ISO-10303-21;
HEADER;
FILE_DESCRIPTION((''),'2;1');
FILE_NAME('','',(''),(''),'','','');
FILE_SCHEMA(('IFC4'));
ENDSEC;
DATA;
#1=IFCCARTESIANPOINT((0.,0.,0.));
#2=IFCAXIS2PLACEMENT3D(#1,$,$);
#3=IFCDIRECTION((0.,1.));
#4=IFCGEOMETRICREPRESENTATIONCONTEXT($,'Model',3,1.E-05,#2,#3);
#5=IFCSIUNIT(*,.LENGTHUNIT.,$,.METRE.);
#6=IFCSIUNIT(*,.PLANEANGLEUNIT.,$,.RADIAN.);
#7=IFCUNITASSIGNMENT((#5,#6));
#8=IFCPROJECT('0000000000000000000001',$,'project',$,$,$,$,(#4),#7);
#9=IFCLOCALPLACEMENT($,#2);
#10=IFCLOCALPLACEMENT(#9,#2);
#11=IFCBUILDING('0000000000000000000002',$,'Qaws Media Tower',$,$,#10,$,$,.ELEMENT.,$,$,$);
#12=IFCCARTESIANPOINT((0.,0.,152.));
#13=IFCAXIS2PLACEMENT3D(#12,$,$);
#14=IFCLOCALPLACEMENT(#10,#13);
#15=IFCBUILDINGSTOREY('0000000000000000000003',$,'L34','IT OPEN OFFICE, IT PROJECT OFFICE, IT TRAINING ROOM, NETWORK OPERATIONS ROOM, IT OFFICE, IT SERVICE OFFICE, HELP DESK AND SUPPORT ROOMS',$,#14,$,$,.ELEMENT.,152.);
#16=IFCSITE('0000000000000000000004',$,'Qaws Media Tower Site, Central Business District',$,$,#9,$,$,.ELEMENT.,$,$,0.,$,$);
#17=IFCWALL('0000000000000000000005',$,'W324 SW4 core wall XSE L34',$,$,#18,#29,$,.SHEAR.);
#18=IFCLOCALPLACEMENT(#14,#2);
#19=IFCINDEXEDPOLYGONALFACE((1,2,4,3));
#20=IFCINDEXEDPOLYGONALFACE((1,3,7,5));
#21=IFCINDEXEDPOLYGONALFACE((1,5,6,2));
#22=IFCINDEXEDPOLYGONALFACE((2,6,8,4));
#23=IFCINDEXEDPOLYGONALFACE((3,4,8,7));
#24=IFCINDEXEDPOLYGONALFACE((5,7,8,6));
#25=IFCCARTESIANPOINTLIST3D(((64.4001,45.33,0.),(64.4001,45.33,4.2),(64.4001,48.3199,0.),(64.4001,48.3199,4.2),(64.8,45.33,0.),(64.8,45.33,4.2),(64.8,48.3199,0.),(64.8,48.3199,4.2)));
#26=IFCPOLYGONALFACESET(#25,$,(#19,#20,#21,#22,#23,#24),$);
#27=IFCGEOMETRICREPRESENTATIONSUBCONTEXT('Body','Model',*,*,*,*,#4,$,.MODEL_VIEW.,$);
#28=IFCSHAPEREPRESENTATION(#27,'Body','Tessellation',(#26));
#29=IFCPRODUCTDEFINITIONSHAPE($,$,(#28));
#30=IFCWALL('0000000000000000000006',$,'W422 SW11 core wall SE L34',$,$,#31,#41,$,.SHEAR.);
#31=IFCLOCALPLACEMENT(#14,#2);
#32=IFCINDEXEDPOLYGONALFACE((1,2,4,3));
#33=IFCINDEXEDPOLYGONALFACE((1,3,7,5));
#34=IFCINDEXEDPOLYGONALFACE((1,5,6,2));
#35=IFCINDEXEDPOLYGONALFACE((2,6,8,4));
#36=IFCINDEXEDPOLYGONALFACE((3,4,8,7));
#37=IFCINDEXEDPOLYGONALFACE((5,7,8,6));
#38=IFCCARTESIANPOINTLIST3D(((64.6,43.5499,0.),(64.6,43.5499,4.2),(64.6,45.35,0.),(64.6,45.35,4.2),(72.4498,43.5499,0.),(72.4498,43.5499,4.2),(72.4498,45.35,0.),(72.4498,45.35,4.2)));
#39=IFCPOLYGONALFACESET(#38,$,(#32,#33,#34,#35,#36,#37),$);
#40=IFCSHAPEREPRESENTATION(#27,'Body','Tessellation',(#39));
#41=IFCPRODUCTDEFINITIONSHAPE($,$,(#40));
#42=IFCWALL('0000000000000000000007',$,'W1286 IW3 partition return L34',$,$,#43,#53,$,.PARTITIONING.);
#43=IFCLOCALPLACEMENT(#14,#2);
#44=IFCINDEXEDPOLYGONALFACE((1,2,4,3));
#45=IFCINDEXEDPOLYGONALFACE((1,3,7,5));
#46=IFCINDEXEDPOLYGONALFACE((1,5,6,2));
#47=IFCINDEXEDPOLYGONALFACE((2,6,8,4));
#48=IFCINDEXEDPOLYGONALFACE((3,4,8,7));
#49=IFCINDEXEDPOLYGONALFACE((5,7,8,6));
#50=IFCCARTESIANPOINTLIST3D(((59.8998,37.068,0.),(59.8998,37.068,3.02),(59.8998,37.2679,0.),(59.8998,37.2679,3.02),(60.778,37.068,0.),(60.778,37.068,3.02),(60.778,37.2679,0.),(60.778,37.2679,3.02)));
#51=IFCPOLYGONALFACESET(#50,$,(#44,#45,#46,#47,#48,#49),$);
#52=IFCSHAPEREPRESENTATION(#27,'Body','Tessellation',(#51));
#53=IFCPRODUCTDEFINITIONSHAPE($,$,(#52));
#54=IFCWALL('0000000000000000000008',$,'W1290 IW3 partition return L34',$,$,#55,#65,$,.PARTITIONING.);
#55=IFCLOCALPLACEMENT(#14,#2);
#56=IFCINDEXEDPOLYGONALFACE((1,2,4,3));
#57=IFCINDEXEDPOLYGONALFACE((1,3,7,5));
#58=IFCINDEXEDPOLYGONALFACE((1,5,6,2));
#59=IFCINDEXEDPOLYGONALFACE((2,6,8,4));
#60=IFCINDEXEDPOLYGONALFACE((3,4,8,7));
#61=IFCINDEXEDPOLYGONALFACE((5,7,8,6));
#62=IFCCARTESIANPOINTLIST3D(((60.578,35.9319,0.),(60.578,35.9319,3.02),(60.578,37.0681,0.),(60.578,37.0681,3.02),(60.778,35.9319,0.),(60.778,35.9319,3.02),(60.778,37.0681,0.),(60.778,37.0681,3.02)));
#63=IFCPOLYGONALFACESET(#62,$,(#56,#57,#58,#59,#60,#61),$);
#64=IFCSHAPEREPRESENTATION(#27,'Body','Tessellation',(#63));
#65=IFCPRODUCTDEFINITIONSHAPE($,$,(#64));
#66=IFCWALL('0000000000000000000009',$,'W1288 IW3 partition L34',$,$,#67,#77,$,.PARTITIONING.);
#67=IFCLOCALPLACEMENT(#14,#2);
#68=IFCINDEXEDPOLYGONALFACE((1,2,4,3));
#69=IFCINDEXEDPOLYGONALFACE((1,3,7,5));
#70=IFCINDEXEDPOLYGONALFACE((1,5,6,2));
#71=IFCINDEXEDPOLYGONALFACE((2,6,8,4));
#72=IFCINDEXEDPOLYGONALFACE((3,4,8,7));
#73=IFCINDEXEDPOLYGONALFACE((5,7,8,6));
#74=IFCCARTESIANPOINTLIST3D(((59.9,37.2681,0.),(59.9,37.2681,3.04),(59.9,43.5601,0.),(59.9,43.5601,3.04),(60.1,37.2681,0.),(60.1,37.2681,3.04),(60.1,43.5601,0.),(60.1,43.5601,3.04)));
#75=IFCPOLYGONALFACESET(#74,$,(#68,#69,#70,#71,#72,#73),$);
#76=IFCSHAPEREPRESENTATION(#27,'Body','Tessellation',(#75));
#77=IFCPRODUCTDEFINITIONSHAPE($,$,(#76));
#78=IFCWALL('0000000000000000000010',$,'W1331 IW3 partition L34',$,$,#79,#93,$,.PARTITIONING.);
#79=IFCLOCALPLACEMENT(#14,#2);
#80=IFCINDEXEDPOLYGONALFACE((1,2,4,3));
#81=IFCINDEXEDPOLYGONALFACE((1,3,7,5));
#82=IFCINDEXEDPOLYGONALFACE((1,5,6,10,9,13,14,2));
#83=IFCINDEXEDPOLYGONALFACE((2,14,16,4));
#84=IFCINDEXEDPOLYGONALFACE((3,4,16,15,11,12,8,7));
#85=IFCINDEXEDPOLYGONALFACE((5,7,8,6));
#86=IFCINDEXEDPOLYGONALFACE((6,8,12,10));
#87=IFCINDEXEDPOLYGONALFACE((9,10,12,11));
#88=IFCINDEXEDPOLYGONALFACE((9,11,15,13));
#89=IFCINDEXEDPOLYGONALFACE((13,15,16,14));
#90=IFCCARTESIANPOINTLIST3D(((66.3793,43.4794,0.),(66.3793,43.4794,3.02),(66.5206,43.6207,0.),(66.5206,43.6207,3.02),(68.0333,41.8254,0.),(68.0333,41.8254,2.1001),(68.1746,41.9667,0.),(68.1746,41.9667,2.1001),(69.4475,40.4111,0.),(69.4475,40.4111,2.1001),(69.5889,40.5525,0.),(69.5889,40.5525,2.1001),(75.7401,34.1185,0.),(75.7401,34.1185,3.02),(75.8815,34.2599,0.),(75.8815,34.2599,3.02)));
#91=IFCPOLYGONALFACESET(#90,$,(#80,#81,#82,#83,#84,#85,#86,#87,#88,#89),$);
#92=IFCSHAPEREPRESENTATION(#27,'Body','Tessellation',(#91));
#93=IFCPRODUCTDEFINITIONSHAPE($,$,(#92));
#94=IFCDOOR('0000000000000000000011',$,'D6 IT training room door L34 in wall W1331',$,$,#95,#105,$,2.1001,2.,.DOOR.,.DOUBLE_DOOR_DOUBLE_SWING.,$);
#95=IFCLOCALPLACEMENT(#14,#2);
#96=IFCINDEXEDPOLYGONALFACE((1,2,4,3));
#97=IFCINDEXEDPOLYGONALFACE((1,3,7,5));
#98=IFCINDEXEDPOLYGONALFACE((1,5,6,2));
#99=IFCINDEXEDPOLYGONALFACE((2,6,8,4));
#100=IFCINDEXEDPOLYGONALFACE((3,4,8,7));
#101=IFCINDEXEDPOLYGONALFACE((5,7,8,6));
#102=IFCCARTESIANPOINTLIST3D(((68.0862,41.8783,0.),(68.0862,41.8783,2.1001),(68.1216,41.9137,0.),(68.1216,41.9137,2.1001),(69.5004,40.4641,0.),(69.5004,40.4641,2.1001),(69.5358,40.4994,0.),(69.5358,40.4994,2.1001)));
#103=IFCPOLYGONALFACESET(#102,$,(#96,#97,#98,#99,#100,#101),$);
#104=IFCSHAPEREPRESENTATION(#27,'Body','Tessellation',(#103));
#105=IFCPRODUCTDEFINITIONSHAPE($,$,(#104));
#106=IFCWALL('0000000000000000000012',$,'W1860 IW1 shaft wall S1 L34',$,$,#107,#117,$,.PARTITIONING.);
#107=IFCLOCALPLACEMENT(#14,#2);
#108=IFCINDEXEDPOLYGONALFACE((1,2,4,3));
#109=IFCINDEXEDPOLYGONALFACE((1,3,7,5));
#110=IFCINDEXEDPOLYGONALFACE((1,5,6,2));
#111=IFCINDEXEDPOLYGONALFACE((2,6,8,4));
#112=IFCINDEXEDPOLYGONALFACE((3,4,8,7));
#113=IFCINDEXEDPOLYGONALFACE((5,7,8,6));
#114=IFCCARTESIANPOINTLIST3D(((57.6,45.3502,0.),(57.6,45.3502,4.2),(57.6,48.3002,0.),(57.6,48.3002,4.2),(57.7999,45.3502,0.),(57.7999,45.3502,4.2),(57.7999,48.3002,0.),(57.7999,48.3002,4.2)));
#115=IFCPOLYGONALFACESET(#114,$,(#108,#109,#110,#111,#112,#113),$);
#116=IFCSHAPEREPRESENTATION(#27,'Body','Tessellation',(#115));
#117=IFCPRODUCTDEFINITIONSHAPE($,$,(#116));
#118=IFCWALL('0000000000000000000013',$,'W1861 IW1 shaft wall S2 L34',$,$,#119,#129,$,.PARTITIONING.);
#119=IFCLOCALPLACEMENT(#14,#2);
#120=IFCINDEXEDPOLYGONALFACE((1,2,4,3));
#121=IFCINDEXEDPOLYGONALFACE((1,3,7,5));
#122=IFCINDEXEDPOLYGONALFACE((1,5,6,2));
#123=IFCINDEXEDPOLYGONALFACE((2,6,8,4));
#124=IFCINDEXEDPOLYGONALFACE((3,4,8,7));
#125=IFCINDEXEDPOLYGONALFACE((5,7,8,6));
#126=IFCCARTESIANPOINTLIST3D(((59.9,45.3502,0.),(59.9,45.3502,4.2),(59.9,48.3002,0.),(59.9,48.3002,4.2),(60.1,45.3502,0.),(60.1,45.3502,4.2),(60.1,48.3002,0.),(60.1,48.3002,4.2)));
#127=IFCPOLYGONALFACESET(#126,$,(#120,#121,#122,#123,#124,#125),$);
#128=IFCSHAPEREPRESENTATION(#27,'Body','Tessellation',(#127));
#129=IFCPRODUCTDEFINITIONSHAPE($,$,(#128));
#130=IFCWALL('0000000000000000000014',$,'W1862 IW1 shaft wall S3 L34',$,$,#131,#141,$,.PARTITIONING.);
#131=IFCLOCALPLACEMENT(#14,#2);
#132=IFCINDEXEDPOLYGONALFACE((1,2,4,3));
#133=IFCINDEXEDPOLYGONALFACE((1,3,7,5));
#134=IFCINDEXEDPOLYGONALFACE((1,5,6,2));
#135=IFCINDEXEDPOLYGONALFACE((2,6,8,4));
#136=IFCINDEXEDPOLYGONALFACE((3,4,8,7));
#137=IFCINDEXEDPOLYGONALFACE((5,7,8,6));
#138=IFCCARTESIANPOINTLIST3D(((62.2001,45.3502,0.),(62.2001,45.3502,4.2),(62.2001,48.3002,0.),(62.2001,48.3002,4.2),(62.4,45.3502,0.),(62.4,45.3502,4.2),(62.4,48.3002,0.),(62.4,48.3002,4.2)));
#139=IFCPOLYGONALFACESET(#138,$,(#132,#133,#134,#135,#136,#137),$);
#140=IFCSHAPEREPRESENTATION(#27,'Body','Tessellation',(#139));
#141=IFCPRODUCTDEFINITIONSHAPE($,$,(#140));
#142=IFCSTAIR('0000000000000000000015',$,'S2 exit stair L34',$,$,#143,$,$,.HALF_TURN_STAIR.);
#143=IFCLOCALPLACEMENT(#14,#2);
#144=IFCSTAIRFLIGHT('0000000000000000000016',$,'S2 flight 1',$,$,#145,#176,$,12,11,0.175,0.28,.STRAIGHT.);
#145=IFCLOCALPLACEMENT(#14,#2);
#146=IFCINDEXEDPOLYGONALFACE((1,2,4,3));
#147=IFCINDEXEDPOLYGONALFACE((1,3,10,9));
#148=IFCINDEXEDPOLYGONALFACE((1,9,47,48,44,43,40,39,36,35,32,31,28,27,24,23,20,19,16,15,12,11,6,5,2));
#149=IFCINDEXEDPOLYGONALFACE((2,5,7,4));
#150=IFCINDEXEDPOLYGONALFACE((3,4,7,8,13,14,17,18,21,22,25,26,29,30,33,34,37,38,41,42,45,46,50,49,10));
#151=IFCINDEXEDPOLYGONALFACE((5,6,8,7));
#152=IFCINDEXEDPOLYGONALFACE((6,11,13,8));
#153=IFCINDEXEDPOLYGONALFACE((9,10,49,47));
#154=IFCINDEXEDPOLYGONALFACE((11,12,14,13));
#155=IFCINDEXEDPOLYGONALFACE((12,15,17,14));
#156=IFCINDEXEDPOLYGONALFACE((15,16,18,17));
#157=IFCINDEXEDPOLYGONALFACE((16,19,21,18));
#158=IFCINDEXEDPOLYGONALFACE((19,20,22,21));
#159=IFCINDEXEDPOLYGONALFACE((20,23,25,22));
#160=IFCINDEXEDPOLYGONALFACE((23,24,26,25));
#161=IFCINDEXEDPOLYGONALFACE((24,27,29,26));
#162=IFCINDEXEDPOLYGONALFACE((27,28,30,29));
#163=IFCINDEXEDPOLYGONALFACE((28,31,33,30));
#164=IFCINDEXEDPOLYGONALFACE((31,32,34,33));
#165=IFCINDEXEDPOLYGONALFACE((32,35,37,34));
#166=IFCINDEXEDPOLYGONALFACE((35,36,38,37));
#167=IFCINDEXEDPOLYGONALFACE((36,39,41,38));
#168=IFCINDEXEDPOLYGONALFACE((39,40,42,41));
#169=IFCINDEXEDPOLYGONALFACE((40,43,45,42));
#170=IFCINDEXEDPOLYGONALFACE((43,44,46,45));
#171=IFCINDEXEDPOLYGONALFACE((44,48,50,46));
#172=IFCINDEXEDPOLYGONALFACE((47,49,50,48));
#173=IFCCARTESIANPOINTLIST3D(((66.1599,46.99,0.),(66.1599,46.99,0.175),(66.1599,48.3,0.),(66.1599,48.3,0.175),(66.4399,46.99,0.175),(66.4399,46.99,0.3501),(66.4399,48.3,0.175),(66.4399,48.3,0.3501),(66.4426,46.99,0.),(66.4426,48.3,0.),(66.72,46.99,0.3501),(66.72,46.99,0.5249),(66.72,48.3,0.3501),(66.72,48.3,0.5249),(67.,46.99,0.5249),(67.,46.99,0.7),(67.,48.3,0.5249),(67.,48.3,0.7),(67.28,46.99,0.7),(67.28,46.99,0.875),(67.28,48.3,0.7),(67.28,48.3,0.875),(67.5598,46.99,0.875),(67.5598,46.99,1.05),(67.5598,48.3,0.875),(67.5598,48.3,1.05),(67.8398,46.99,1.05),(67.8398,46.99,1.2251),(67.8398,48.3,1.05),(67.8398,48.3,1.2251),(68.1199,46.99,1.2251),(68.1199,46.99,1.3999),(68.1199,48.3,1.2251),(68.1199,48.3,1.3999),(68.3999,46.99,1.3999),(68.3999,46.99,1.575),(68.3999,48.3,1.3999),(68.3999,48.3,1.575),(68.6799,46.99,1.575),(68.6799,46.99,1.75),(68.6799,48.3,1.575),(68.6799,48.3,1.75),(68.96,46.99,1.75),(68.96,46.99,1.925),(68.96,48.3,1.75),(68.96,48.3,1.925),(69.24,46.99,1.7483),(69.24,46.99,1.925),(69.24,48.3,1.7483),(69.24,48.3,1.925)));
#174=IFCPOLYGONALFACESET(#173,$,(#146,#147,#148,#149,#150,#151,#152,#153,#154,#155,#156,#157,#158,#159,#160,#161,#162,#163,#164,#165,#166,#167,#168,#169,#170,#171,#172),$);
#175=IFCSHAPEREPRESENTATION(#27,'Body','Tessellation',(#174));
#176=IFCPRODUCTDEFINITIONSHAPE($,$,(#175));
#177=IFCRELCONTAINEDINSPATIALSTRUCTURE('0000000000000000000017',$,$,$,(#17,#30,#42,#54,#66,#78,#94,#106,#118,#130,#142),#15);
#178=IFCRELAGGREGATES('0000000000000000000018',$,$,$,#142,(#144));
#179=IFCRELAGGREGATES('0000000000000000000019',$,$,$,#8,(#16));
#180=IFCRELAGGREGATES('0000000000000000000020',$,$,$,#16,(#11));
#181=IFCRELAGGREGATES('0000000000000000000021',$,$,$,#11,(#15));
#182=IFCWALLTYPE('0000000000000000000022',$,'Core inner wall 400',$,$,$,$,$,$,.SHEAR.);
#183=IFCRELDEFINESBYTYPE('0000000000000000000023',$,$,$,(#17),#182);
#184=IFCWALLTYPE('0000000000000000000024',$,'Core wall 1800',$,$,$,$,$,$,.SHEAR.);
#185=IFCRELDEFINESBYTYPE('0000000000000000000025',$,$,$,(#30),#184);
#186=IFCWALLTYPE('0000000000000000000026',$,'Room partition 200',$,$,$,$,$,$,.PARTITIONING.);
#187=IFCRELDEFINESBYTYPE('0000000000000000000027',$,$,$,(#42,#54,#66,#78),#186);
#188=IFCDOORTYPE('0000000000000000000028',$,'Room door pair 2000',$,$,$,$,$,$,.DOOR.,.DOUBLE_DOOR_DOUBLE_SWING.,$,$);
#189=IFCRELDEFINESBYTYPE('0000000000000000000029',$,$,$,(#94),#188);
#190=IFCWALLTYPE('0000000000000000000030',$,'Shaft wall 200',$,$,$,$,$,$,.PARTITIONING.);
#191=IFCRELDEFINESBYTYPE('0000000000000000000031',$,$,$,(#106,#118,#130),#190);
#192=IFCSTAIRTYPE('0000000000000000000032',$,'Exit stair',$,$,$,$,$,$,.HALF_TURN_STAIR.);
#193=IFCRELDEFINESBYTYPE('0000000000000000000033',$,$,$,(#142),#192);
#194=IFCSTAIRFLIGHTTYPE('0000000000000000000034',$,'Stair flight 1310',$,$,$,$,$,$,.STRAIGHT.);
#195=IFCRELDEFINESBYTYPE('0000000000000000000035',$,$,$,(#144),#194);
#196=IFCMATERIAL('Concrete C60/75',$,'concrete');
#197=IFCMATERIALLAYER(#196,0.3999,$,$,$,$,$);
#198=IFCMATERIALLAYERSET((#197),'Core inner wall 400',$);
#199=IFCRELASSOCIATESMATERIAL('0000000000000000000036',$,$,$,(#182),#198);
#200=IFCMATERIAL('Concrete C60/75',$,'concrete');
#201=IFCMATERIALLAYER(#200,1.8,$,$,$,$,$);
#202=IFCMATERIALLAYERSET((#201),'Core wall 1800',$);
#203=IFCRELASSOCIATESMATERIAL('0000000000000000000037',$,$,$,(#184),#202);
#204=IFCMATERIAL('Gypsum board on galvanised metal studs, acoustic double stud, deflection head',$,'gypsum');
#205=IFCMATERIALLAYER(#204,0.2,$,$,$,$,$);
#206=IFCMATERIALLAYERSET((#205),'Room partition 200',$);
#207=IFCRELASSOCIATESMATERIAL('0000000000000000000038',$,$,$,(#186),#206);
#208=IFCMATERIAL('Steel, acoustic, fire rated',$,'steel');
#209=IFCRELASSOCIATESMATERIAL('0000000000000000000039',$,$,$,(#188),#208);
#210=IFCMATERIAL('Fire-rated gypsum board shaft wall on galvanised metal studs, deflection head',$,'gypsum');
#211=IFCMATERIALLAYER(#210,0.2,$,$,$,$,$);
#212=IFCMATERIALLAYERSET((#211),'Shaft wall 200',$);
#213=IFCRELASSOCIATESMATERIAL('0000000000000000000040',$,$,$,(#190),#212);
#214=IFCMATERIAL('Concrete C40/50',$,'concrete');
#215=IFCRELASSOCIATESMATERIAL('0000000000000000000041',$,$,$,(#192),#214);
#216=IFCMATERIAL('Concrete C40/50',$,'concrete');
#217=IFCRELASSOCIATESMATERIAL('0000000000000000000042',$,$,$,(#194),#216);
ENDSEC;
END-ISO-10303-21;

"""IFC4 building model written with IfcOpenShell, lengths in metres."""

from ifc_helpers import new_model, si_unit, direction, frame, frame_2d, origin, place, context, subcontext, project, spatial, polyline, rectangle, outline, extrude, material, layer, layer_set, type_object, element, fill, aggregate, save


model = new_model("IFC4")

# Units and contexts
model_context = context("Model", 3, precision=1e-05, world=origin(), true_north=direction((0.0, 1.0)))
body_context = subcontext(model_context, "Body", "Model", "MODEL_VIEW")
ifc_project = project(units=[si_unit("LENGTHUNIT", "METRE"), si_unit("PLANEANGLEUNIT", "RADIAN")], contexts=[model_context])

# Site, building, storey
site_placement = place(None, origin())
site = spatial("IfcSite", under=ifc_project, at=site_placement, Name="Qaws Media Tower Site, Central Business District", CompositionType="ELEMENT", RefElevation=0.0)
building_placement = place(site_placement, origin())
building = spatial("IfcBuilding", under=site, at=building_placement, Name="Qaws Media Tower", CompositionType="ELEMENT")
storey_placement = place(building_placement, frame((0.0, 0.0, 152.0)))
storey = spatial("IfcBuildingStorey", under=building, at=storey_placement, Name="L34", Description="IT OPEN OFFICE, IT PROJECT OFFICE, IT TRAINING ROOM, NETWORK OPERATIONS ROOM, IT OFFICE, IT SERVICE OFFICE, HELP DESK AND SUPPORT ROOMS", CompositionType="ELEMENT", Elevation=152.0)

# Walls
ifc_material_1 = material(Name="Concrete C60/75", Category="concrete")
ifc_layer_1 = layer(ifc_material_1, 0.3999)
ifc_layer_set_1 = layer_set([ifc_layer_1], Name="Core inner wall 400")
wall_type_1 = type_object("IfcWallType", Name="Core inner wall 400", PredefinedType="SHEAR", material=ifc_layer_set_1)
wall_1_placement = place(storey_placement, frame((64.6001, 48.3201, 0.0), z_axis=(0.0, 0.0, 1.0), x_axis=(0.0, -1.0, 0.0)))
element("IfcWall", 1, at=wall_1_placement, inside=storey, type_object=wall_type_1, Name="W324 SW4 core wall XSE L34", PredefinedType="SHEAR", context=body_context, shape_type="SweptSolid", body=[
    extrude(rectangle(XDim=2.99, YDim=0.3999, at=frame_2d((1.4951, 0.0))), origin(), (0.0, 0.0, 1.0), 4.2),
])
ifc_material_2 = material(Name="Concrete C60/75", Category="concrete")
ifc_layer_2 = layer(ifc_material_2, 1.8)
ifc_layer_set_2 = layer_set([ifc_layer_2], Name="Core wall 1800")
wall_type_2 = type_object("IfcWallType", Name="Core wall 1800", PredefinedType="SHEAR", material=ifc_layer_set_2)
wall_2_placement = place(storey_placement, frame((64.6001, 44.45, 0.0), z_axis=(0.0, 0.0, 1.0), x_axis=(1.0, 0.0, 0.0)))
element("IfcWall", 2, at=wall_2_placement, inside=storey, type_object=wall_type_2, Name="W422 SW11 core wall SE L34", PredefinedType="SHEAR", context=body_context, shape_type="SweptSolid", body=[
    extrude(rectangle(XDim=7.8499, YDim=1.8, at=frame_2d((3.9248, 0.0))), origin(), (0.0, 0.0, 1.0), 4.2),
])
ifc_material_3 = material(Name="Gypsum board on galvanised metal studs, acoustic double stud, deflection head", Category="gypsum")
ifc_layer_3 = layer(ifc_material_3, 0.2)
ifc_layer_set_3 = layer_set([ifc_layer_3], Name="Room partition 200")
wall_type_3 = type_object("IfcWallType", Name="Room partition 200", PredefinedType="PARTITIONING", material=ifc_layer_set_3)
wall_3_placement = place(storey_placement, frame((59.8999, 37.168, 0.0), z_axis=(0.0, 0.0, 1.0), x_axis=(1.0, 0.0, 0.0)))
element("IfcWall", 3, at=wall_3_placement, inside=storey, type_object=wall_type_3, Name="W1286 IW3 partition return L34", PredefinedType="PARTITIONING", context=body_context, shape_type="SweptSolid", body=[
    extrude(rectangle(XDim=0.8782, YDim=0.2, at=frame_2d((0.439, 0.0))), origin(), (0.0, 0.0, 1.0), 3.02),
])
wall_4_placement = place(storey_placement, frame((60.678, 37.0681, 0.0), z_axis=(0.0, 0.0, 1.0), x_axis=(0.0, -1.0, 0.0)))
element("IfcWall", 4, at=wall_4_placement, inside=storey, type_object=wall_type_3, Name="W1290 IW3 partition return L34", PredefinedType="PARTITIONING", context=body_context, shape_type="SweptSolid", body=[
    extrude(rectangle(XDim=1.1362, YDim=0.2, at=frame_2d((0.5681, 0.0))), origin(), (0.0, 0.0, 1.0), 3.02),
])
wall_5_placement = place(storey_placement, frame((60.0, 43.5601, 0.0), z_axis=(0.0, 0.0, 1.0), x_axis=(0.0, -1.0, 0.0)))
element("IfcWall", 5, at=wall_5_placement, inside=storey, type_object=wall_type_3, Name="W1288 IW3 partition L34", PredefinedType="PARTITIONING", context=body_context, shape_type="SweptSolid", body=[
    extrude(rectangle(XDim=6.292, YDim=0.2, at=frame_2d((3.146, 0.0))), origin(), (0.0, 0.0, 1.0), 3.04),
])

# Wall, opening, door
wall_6_placement = place(storey_placement, frame((66.45, 43.55, 0.0), z_axis=(0.0, 0.0, 1.0), x_axis=(0.707107, -0.707107, 0.0)))
wall_6 = element("IfcWall", 6, at=wall_6_placement, inside=storey, type_object=wall_type_3, Name="W1331 IW3 partition L34", PredefinedType="PARTITIONING", context=body_context, shape_type="SweptSolid", body=[
    extrude(rectangle(XDim=13.2383, YDim=0.2, at=frame_2d((6.6191, 0.0))), origin(), (0.0, 0.0, 1.0), 3.02),
])
opening_placement = place(wall_6_placement, frame((2.3391, 0.0, 0.0)))
opening = element("IfcOpeningElement", 7, at=opening_placement, cuts=wall_6, PredefinedType="OPENING", context=body_context, shape_type="SweptSolid", body=[
    extrude(rectangle(XDim=2.0, YDim=2.1001, at=frame_2d((1.0, 1.05))), frame((0.0, 0.1099, 0.0), z_axis=(0.0, -1.0, 0.0), x_axis=(1.0, 0.0, 0.0)), (0.0, 0.0, 1.0), 0.22),
])
ifc_material_4 = material(Name="Steel, acoustic, fire rated", Category="steel")
door_type = type_object("IfcDoorType", Name="Room door pair 2000", OperationType="DOUBLE_DOOR_DOUBLE_SWING", PredefinedType="DOOR", material=ifc_material_4)
door_placement = place(opening_placement, origin())
door = element("IfcDoor", 8, at=door_placement, inside=storey, type_object=door_type, Name="D6 IT training room door L34 in wall W1331", OperationType="DOUBLE_DOOR_DOUBLE_SWING", OverallHeight=2.1001, OverallWidth=2.0, PredefinedType="DOOR", context=body_context, shape_type="SweptSolid", body=[
    extrude(rectangle(XDim=2.0, YDim=2.1001, at=frame_2d((1.0, 1.05))), frame((0.0, 0.0249, 0.0), z_axis=(0.0, -1.0, 0.0), x_axis=(1.0, 0.0, 0.0)), (0.0, 0.0, 1.0), 0.05),
])
fill(opening, door)

# Walls
ifc_material_5 = material(Name="Fire-rated gypsum board shaft wall on galvanised metal studs, deflection head", Category="gypsum")
ifc_layer_4 = layer(ifc_material_5, 0.2)
ifc_layer_set_4 = layer_set([ifc_layer_4], Name="Shaft wall 200")
wall_type_4 = type_object("IfcWallType", Name="Shaft wall 200", PredefinedType="PARTITIONING", material=ifc_layer_set_4)
for number, where, z_axis, x_axis, name in (
    (9, (57.7, 45.3501, 0.0), (0.0, 0.0, 1.0), (0.0, 1.0, 0.0), "W1860 IW1 shaft wall S1 L34"),
    (10, (60.0, 45.3501, 0.0), (0.0, 0.0, 1.0), (0.0, 1.0, 0.0), "W1861 IW1 shaft wall S2 L34"),
    (11, (62.3, 45.3501, 0.0), (0.0, 0.0, 1.0), (0.0, 1.0, 0.0), "W1862 IW1 shaft wall S3 L34"),
):
    element("IfcWall", number, at=place(storey_placement, frame(where, z_axis=z_axis, x_axis=x_axis)), inside=storey, type_object=wall_type_4, Name=name, PredefinedType="PARTITIONING", context=body_context, shape_type="SweptSolid", body=[
        extrude(rectangle(XDim=2.95, YDim=0.2, at=frame_2d((1.4751, 0.0))), origin(), (0.0, 0.0, 1.0), 4.2),
    ])

# Stair, stair flight
ifc_material_6 = material(Name="Concrete C40/50", Category="concrete")
stair_type = type_object("IfcStairType", Name="Exit stair", PredefinedType="HALF_TURN_STAIR", material=ifc_material_6)
stair_placement = place(storey_placement, origin())
stair = element("IfcStair", 12, at=stair_placement, inside=storey, type_object=stair_type, Name="S2 exit stair L34", PredefinedType="HALF_TURN_STAIR")
ifc_material_7 = material(Name="Concrete C40/50", Category="concrete")
stair_flight_type = type_object("IfcStairFlightType", Name="Stair flight 1310", PredefinedType="STRAIGHT", material=ifc_material_7)
stair_flight_1_placement = place(storey_placement, frame((66.1599, 47.645, 0.0), z_axis=(0.0, 0.0, 1.0), x_axis=(1.0, 0.0, 0.0)))
stair_flight_1 = element("IfcStairFlight", 13, at=stair_flight_1_placement, type_object=stair_flight_type, Name="S2 flight 1", NumberOfRisers=12, NumberOfTreads=11, PredefinedType="STRAIGHT", RiserHeight=0.175, TreadLength=0.28, context=body_context, shape_type="SweptSolid", body=[
    extrude(outline(polyline([(0.0, 0.0), (0.0, 0.175), (0.28, 0.175), (0.28, 0.3501), (0.5601, 0.3501), (0.5601, 0.5249), (0.8401, 0.5249), (0.8401, 0.7), (1.1201, 0.7), (1.1201, 0.875), (1.3999, 0.875), (1.3999, 1.05), (1.6799, 1.05), (1.6799, 1.2251), (1.96, 1.2251), (1.96, 1.3999), (2.24, 1.3999), (2.24, 1.575), (2.52, 1.575), (2.52, 1.75), (2.8, 1.75), (2.8, 1.925), (3.0801, 1.925), (3.0801, 2.1001), (3.0801, 1.7483), (0.2827, 0.0), (0.0, 0.0)])), frame((0.0, 0.655, 0.0), z_axis=(0.0, -1.0, 0.0), x_axis=(1.0, 0.0, 0.0)), (0.0, 0.0, 1.0), 1.3101),
])
aggregate(stair, [stair_flight_1])

save(model, "model.ifc")
